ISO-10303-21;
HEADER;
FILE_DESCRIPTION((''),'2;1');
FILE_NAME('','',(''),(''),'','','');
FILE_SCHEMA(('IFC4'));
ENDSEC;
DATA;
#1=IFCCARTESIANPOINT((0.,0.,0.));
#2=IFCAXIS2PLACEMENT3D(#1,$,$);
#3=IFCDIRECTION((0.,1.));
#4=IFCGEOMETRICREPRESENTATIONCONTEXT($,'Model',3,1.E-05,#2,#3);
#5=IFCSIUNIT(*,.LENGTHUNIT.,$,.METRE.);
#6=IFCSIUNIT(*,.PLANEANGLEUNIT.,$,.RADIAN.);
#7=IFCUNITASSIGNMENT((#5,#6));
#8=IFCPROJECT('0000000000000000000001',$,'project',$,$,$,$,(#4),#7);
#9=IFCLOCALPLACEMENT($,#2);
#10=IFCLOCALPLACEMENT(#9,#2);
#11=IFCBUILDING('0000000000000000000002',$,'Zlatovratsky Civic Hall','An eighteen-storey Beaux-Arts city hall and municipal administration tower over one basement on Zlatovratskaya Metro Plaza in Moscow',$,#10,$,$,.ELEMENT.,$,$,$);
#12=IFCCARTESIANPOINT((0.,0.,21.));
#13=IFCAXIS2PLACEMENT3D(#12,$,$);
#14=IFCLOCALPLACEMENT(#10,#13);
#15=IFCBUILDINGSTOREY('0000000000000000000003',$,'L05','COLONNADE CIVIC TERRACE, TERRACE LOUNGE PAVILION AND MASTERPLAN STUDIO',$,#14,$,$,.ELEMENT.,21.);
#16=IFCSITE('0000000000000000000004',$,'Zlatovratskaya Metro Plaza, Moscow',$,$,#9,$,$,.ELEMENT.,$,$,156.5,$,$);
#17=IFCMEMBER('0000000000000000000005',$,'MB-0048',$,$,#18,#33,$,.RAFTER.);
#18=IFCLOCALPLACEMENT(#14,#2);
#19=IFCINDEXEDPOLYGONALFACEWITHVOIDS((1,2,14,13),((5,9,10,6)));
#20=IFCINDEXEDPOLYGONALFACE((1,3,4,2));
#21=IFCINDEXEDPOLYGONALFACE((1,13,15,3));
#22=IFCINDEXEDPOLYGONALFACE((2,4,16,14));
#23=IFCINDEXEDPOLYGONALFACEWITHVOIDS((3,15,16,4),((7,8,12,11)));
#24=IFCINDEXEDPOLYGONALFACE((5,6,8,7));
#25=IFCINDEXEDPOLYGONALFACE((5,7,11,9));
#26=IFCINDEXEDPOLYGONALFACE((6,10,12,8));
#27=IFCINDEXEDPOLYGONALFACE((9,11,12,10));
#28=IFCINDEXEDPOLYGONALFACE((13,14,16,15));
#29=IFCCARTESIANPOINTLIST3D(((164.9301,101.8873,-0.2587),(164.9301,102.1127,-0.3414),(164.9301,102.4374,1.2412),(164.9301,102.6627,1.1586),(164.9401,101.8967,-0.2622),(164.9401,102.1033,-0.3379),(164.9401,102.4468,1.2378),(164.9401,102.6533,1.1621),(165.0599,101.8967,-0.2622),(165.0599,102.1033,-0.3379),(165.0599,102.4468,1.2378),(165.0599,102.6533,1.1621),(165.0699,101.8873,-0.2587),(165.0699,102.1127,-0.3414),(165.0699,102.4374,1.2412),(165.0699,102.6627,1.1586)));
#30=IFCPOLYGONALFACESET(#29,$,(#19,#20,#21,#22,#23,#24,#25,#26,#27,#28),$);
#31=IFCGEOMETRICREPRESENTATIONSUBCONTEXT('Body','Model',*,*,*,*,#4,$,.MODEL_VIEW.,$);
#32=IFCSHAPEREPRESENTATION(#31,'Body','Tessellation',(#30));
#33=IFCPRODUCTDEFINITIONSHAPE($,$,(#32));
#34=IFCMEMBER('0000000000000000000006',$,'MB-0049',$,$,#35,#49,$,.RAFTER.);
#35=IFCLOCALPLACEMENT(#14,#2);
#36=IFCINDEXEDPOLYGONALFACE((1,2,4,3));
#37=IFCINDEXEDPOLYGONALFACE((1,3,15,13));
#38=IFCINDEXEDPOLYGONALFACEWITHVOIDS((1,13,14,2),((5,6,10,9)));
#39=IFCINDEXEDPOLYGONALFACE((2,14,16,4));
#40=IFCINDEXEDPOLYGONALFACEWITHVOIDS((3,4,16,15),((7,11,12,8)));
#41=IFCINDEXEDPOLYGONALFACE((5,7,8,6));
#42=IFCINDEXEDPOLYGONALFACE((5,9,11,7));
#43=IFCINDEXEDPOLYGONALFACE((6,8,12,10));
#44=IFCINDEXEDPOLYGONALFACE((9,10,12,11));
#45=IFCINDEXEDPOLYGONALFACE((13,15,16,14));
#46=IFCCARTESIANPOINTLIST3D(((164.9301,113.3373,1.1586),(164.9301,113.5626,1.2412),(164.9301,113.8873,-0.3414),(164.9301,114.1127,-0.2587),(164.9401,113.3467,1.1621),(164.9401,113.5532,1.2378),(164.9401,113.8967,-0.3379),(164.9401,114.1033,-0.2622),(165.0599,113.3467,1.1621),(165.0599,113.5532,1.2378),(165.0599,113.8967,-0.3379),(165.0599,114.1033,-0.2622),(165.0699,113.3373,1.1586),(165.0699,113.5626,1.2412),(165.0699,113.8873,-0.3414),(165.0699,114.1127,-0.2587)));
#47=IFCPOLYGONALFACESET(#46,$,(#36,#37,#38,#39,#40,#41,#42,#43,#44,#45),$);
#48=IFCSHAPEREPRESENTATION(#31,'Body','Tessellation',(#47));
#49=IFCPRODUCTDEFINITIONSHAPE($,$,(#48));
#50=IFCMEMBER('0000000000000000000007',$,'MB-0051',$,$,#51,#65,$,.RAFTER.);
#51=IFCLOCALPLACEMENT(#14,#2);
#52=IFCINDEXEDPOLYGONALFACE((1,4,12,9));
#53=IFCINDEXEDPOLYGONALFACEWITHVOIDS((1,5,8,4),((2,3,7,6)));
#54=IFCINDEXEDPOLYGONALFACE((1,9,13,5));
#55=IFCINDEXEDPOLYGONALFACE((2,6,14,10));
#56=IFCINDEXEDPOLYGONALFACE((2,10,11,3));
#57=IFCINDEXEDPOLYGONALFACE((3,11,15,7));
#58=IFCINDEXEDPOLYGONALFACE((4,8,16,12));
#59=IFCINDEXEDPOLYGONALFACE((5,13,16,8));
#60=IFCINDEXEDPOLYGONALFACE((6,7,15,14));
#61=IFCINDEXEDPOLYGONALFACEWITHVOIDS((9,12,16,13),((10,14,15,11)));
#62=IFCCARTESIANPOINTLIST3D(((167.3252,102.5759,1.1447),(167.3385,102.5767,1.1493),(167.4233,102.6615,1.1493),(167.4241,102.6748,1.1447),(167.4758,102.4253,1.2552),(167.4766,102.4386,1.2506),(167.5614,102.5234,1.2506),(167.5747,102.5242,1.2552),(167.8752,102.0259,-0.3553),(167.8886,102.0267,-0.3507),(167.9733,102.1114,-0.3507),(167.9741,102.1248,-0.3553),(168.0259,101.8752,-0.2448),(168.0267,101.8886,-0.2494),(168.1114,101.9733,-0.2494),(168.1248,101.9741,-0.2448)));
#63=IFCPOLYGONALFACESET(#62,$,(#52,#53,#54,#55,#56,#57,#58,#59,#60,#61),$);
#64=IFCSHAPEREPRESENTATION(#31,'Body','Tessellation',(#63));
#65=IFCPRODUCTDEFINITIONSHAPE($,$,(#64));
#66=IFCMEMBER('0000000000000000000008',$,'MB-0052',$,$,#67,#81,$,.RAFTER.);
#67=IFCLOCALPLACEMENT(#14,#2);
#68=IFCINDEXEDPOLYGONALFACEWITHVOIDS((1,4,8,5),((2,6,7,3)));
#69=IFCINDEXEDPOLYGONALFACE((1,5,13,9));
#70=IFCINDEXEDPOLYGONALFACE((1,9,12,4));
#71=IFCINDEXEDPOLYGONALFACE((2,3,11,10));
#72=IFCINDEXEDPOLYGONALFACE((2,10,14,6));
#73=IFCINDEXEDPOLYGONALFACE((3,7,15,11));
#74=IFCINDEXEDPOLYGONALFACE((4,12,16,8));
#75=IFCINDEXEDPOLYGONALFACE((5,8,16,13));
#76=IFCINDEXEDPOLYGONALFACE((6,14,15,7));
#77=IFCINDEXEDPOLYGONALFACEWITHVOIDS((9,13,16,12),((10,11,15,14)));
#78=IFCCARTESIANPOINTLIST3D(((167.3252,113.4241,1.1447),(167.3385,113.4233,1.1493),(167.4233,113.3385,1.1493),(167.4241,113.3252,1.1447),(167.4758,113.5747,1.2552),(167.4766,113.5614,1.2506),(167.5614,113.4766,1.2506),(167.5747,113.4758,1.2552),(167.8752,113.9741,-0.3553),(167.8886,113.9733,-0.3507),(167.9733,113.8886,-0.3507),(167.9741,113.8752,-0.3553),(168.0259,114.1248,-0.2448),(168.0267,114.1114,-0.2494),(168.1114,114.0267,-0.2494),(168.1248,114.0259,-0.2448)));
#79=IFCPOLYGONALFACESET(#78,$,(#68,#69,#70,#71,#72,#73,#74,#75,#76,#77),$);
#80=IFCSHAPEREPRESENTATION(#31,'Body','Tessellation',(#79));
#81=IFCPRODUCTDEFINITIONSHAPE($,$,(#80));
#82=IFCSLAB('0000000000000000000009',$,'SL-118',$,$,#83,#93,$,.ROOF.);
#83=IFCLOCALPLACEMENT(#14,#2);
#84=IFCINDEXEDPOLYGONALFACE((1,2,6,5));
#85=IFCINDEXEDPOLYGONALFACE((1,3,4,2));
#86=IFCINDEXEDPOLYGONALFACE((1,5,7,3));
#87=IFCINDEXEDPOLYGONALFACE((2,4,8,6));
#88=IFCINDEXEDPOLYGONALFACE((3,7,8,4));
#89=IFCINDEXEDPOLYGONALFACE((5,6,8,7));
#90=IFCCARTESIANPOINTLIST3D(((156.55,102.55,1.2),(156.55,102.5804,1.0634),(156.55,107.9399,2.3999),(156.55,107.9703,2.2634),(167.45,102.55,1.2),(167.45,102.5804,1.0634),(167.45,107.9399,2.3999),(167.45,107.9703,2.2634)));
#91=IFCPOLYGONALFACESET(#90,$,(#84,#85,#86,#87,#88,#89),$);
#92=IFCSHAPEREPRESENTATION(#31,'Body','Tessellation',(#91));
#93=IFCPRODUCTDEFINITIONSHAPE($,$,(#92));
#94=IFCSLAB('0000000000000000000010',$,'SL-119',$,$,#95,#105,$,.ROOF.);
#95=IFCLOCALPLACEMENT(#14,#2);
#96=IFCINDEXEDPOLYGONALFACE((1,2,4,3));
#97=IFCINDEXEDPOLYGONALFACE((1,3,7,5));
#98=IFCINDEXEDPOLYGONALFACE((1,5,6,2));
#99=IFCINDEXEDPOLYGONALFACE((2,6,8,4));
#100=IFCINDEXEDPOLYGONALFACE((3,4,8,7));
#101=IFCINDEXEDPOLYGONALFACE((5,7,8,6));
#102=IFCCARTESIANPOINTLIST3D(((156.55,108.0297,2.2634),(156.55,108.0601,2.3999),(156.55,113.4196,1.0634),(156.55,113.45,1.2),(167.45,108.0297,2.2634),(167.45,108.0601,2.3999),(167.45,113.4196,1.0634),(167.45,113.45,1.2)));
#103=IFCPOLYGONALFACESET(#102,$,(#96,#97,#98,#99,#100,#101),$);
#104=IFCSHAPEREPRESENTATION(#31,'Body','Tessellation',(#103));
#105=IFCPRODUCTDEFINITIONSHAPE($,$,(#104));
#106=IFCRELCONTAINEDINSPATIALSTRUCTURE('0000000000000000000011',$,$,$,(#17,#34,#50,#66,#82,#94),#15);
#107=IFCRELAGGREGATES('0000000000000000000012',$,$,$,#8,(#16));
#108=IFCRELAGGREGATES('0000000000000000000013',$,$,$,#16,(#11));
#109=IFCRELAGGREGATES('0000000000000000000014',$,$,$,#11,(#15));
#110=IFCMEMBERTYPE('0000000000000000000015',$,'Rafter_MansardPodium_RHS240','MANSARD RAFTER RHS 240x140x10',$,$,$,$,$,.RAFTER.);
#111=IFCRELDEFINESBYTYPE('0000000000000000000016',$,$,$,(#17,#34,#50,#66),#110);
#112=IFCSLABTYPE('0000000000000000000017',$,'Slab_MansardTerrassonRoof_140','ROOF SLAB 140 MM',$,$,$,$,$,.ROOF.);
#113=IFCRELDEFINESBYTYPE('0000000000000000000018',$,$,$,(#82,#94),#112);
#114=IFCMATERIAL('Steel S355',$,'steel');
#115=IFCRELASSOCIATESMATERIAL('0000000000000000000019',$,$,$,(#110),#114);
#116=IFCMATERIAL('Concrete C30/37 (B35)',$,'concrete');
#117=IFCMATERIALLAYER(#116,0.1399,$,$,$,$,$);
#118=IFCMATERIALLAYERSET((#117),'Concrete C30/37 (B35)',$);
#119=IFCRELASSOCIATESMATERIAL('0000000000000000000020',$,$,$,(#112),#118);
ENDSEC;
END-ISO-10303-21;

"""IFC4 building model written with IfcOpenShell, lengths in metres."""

from ifc_helpers import new_model, si_unit, direction, frame, origin, origin_2d, place, context, subcontext, project, spatial, polyline, hollow_rectangle, outline, extrude, material, layer, layer_set, material_profile, profile_set, type_object, element, save


model = new_model("IFC4")

# Units and contexts
model_context = context("Model", 3, precision=1e-05, world=origin(), true_north=direction((0.0, 1.0)))
body_context = subcontext(model_context, "Body", "Model", "MODEL_VIEW")
ifc_project = project(units=[si_unit("LENGTHUNIT", "METRE"), si_unit("PLANEANGLEUNIT", "RADIAN")], contexts=[model_context])

# Site, building, storey
site_placement = place(None, origin())
site = spatial("IfcSite", under=ifc_project, at=site_placement, Name="Zlatovratskaya Metro Plaza, Moscow", CompositionType="ELEMENT", RefElevation=156.5)
building_placement = place(site_placement, origin())
building = spatial("IfcBuilding", under=site, at=building_placement, Name="Zlatovratsky Civic Hall", Description="An eighteen-storey Beaux-Arts city hall and municipal administration tower over one basement on Zlatovratskaya Metro Plaza in Moscow", CompositionType="ELEMENT")
storey_placement = place(building_placement, frame((0.0, 0.0, 21.0)))
storey = spatial("IfcBuildingStorey", under=building, at=storey_placement, Name="L05", Description="COLONNADE CIVIC TERRACE, TERRACE LOUNGE PAVILION AND MASTERPLAN STUDIO", CompositionType="ELEMENT", Elevation=21.0)

# Shared definitions
ifc_material_1 = material(Name="Steel S355", Category="steel")

# Members
ifc_material_profile_1 = material_profile(ifc_material_1, hollow_rectangle(XDim=0.1399, YDim=0.24, WallThickness=0.01, at=origin_2d()), Name="RHS 240x140x10")
ifc_profile_set_1 = profile_set([ifc_material_profile_1], Name="Steel S355")
member_type_1 = type_object("IfcMemberType", Name="Rafter_MansardPodium_RHS240", Description="MANSARD RAFTER RHS 240x140x10", PredefinedType="RAFTER", material=ifc_profile_set_1)
for number, where, z_axis, x_axis, name in (
    (1, (165.0, 102.0, -0.3), (0.0, 0.344282, 0.938866), (-1.0, 0.0, 0.0), "MB-0048"),
    (2, (165.0, 114.0, -0.3), (0.0, -0.344282, 0.938866), (1.0, 0.0, 0.0), "MB-0049"),
):
    element("IfcMember", number, at=place(storey_placement, frame(where, z_axis=z_axis, x_axis=x_axis)), inside=storey, type_object=member_type_1, Name=name, PredefinedType="RAFTER", context=body_context, shape_type="SweptSolid", body=[
        extrude(hollow_rectangle(XDim=0.1399, YDim=0.24, WallThickness=0.01, at=origin_2d()), origin(), (0.0, 0.0, 1.0), 1.5977),
    ])
for number, where, z_axis, x_axis, name in (
    (3, (168.0, 102.0, -0.3), (-0.325529, 0.325529, 0.887728), (-0.707107, -0.707107, 0.0), "MB-0051"),
    (4, (168.0, 114.0, -0.3), (-0.325529, -0.325529, 0.887728), (0.707107, -0.707107, 0.0), "MB-0052"),
):
    element("IfcMember", number, at=place(storey_placement, frame(where, z_axis=z_axis, x_axis=x_axis)), inside=storey, type_object=member_type_1, Name=name, PredefinedType="RAFTER", context=body_context, shape_type="SweptSolid", body=[
        extrude(hollow_rectangle(XDim=0.1399, YDim=0.24, WallThickness=0.01, at=origin_2d()), origin(), (0.0, 0.0, 1.0), 1.6897),
    ])

# Slabs
ifc_material_2 = material(Name="Concrete C30/37 (B35)", Category="concrete")
ifc_layer = layer(ifc_material_2, 0.1399)
ifc_layer_set = layer_set([ifc_layer], Name="Concrete C30/37 (B35)")
slab_type = type_object("IfcSlabType", Name="Slab_MansardTerrassonRoof_140", Description="ROOF SLAB 140 MM", PredefinedType="ROOF", material=ifc_layer_set)
for number, where, z_axis, x_axis, name in (
    (5, (156.55, 102.55, 1.2), (0.0, -0.21731, 0.976103), (1.0, 0.0, 0.0), "SL-118"),
    (6, (167.45, 113.45, 1.2), (0.0, 0.21731, 0.976103), (-1.0, 0.0, 0.0), "SL-119"),
):
    element("IfcSlab", number, at=place(storey_placement, frame(where, z_axis=z_axis, x_axis=x_axis)), inside=storey, type_object=slab_type, Name=name, PredefinedType="ROOF", context=body_context, shape_type="SweptSolid", body=[
        extrude(outline(polyline([(0.0, 0.0), (10.8999, 0.0), (10.8999, 5.5218), (0.0, 5.5218), (0.0, 0.0)])), origin(), (0.0, 0.0, -1.0), 0.1399),
    ])

save(model, "model.ifc")
